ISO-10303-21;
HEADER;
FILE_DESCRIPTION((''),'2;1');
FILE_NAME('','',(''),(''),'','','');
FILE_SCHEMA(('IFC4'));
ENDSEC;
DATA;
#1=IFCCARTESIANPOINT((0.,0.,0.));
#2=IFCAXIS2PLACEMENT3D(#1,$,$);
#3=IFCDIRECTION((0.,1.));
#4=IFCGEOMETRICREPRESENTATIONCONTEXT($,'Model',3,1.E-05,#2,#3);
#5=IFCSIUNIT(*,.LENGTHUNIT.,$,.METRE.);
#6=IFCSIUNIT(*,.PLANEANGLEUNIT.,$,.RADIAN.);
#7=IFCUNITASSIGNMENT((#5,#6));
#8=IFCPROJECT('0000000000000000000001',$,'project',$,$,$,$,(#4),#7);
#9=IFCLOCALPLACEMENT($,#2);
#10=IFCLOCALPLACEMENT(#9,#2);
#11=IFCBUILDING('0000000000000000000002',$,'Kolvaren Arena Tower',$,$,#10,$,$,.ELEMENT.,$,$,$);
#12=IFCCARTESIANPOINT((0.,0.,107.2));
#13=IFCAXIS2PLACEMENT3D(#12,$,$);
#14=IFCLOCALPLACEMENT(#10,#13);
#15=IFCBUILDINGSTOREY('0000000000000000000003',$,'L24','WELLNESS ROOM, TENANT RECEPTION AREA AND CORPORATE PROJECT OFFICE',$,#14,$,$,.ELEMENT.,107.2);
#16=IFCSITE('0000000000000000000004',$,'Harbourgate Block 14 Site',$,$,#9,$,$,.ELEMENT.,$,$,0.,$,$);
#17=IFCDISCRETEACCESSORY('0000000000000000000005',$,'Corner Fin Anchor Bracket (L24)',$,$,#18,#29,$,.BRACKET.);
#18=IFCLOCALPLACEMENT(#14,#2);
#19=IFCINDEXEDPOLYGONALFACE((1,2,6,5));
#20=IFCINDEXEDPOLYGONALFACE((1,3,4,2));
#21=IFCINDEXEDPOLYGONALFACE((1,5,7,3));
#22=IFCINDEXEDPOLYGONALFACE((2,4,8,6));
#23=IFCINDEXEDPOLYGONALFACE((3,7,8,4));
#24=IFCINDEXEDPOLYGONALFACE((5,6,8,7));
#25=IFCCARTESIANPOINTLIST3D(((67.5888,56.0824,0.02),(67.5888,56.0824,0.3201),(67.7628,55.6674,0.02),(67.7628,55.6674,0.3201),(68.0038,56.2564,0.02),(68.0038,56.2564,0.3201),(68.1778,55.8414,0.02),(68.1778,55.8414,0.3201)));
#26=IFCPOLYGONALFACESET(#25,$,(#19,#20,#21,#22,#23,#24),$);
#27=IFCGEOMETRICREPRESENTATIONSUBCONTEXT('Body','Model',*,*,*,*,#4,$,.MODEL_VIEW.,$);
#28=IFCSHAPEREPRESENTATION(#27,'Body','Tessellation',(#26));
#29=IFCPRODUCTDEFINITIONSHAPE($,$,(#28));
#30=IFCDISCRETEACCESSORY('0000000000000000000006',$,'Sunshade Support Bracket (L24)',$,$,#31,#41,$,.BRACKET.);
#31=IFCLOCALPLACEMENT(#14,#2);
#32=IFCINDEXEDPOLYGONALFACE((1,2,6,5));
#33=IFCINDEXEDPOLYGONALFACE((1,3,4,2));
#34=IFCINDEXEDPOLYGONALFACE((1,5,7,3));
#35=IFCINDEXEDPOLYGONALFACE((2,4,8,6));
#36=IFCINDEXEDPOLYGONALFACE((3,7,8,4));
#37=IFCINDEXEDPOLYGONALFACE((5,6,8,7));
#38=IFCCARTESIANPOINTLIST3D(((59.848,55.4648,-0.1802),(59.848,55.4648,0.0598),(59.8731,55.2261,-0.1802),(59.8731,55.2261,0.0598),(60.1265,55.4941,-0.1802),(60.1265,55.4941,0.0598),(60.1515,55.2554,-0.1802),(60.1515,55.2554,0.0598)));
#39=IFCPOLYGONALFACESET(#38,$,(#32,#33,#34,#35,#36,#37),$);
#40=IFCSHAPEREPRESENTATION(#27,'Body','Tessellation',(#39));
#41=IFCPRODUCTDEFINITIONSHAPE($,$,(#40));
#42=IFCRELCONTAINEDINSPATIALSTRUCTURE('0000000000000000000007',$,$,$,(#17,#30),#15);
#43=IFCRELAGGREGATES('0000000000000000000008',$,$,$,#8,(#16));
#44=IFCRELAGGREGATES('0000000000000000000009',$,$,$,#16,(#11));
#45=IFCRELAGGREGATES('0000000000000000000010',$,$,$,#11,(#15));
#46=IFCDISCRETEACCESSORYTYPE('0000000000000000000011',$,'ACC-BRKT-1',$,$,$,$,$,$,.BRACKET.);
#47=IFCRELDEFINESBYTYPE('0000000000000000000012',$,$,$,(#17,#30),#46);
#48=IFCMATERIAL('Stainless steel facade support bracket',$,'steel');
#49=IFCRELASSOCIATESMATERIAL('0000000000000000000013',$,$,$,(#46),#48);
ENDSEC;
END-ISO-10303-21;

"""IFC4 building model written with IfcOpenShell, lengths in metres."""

from ifc_helpers import new_model, si_unit, direction, frame, origin, origin_2d, place, context, subcontext, project, spatial, rectangle, extrude, material, type_object, element, save


model = new_model("IFC4")

# Units and contexts
model_context = context("Model", 3, precision=1e-05, world=origin(), true_north=direction((0.0, 1.0)))
body_context = subcontext(model_context, "Body", "Model", "MODEL_VIEW")
ifc_project = project(units=[si_unit("LENGTHUNIT", "METRE"), si_unit("PLANEANGLEUNIT", "RADIAN")], contexts=[model_context])

# Site, building, storey
site_placement = place(None, origin())
site = spatial("IfcSite", under=ifc_project, at=site_placement, Name="Harbourgate Block 14 Site", CompositionType="ELEMENT", RefElevation=0.0)
building_placement = place(site_placement, origin())
building = spatial("IfcBuilding", under=site, at=building_placement, Name="Kolvaren Arena Tower", CompositionType="ELEMENT")
storey_placement = place(building_placement, frame((0.0, 0.0, 107.2)))
storey = spatial("IfcBuildingStorey", under=building, at=storey_placement, Name="L24", Description="WELLNESS ROOM, TENANT RECEPTION AREA AND CORPORATE PROJECT OFFICE", CompositionType="ELEMENT", Elevation=107.2)

# Discrete accessories
ifc_material_1 = material(Name="Stainless steel facade support bracket", Category="steel")
discrete_accessory_type = type_object("IfcDiscreteAccessoryType", Name="ACC-BRKT-1", PredefinedType="BRACKET", material=ifc_material_1)
for number, where, z_axis, x_axis, name in (
    (1, (67.8833, 55.9619, 0.02), (0.0, 0.0, 1.0), (-0.386706, 0.922203, 0.0), "Corner Fin Anchor Bracket (L24)"),
):
    element("IfcDiscreteAccessory", number, at=place(storey_placement, frame(where, z_axis=z_axis, x_axis=x_axis)), inside=storey, type_object=discrete_accessory_type, Name=name, PredefinedType="BRACKET", context=body_context, shape_type="SweptSolid", body=[
        extrude(rectangle(XDim=0.45, YDim=0.45, at=origin_2d()), origin(), (0.0, 0.0, 1.0), 0.3),
    ])
discrete_accessory_placement = place(storey_placement, frame((59.9998, 55.3601, -0.1802), z_axis=(0.0, 0.0, 1.0), x_axis=(0.994522, 0.104527, 0.0)))
element("IfcDiscreteAccessory", 2, at=discrete_accessory_placement, inside=storey, type_object=discrete_accessory_type, Name="Sunshade Support Bracket (L24)", PredefinedType="BRACKET", context=body_context, shape_type="SweptSolid", body=[
    extrude(rectangle(XDim=0.28, YDim=0.24, at=origin_2d()), origin(), (0.0, 0.0, 1.0), 0.24),
])

save(model, "model.ifc")
